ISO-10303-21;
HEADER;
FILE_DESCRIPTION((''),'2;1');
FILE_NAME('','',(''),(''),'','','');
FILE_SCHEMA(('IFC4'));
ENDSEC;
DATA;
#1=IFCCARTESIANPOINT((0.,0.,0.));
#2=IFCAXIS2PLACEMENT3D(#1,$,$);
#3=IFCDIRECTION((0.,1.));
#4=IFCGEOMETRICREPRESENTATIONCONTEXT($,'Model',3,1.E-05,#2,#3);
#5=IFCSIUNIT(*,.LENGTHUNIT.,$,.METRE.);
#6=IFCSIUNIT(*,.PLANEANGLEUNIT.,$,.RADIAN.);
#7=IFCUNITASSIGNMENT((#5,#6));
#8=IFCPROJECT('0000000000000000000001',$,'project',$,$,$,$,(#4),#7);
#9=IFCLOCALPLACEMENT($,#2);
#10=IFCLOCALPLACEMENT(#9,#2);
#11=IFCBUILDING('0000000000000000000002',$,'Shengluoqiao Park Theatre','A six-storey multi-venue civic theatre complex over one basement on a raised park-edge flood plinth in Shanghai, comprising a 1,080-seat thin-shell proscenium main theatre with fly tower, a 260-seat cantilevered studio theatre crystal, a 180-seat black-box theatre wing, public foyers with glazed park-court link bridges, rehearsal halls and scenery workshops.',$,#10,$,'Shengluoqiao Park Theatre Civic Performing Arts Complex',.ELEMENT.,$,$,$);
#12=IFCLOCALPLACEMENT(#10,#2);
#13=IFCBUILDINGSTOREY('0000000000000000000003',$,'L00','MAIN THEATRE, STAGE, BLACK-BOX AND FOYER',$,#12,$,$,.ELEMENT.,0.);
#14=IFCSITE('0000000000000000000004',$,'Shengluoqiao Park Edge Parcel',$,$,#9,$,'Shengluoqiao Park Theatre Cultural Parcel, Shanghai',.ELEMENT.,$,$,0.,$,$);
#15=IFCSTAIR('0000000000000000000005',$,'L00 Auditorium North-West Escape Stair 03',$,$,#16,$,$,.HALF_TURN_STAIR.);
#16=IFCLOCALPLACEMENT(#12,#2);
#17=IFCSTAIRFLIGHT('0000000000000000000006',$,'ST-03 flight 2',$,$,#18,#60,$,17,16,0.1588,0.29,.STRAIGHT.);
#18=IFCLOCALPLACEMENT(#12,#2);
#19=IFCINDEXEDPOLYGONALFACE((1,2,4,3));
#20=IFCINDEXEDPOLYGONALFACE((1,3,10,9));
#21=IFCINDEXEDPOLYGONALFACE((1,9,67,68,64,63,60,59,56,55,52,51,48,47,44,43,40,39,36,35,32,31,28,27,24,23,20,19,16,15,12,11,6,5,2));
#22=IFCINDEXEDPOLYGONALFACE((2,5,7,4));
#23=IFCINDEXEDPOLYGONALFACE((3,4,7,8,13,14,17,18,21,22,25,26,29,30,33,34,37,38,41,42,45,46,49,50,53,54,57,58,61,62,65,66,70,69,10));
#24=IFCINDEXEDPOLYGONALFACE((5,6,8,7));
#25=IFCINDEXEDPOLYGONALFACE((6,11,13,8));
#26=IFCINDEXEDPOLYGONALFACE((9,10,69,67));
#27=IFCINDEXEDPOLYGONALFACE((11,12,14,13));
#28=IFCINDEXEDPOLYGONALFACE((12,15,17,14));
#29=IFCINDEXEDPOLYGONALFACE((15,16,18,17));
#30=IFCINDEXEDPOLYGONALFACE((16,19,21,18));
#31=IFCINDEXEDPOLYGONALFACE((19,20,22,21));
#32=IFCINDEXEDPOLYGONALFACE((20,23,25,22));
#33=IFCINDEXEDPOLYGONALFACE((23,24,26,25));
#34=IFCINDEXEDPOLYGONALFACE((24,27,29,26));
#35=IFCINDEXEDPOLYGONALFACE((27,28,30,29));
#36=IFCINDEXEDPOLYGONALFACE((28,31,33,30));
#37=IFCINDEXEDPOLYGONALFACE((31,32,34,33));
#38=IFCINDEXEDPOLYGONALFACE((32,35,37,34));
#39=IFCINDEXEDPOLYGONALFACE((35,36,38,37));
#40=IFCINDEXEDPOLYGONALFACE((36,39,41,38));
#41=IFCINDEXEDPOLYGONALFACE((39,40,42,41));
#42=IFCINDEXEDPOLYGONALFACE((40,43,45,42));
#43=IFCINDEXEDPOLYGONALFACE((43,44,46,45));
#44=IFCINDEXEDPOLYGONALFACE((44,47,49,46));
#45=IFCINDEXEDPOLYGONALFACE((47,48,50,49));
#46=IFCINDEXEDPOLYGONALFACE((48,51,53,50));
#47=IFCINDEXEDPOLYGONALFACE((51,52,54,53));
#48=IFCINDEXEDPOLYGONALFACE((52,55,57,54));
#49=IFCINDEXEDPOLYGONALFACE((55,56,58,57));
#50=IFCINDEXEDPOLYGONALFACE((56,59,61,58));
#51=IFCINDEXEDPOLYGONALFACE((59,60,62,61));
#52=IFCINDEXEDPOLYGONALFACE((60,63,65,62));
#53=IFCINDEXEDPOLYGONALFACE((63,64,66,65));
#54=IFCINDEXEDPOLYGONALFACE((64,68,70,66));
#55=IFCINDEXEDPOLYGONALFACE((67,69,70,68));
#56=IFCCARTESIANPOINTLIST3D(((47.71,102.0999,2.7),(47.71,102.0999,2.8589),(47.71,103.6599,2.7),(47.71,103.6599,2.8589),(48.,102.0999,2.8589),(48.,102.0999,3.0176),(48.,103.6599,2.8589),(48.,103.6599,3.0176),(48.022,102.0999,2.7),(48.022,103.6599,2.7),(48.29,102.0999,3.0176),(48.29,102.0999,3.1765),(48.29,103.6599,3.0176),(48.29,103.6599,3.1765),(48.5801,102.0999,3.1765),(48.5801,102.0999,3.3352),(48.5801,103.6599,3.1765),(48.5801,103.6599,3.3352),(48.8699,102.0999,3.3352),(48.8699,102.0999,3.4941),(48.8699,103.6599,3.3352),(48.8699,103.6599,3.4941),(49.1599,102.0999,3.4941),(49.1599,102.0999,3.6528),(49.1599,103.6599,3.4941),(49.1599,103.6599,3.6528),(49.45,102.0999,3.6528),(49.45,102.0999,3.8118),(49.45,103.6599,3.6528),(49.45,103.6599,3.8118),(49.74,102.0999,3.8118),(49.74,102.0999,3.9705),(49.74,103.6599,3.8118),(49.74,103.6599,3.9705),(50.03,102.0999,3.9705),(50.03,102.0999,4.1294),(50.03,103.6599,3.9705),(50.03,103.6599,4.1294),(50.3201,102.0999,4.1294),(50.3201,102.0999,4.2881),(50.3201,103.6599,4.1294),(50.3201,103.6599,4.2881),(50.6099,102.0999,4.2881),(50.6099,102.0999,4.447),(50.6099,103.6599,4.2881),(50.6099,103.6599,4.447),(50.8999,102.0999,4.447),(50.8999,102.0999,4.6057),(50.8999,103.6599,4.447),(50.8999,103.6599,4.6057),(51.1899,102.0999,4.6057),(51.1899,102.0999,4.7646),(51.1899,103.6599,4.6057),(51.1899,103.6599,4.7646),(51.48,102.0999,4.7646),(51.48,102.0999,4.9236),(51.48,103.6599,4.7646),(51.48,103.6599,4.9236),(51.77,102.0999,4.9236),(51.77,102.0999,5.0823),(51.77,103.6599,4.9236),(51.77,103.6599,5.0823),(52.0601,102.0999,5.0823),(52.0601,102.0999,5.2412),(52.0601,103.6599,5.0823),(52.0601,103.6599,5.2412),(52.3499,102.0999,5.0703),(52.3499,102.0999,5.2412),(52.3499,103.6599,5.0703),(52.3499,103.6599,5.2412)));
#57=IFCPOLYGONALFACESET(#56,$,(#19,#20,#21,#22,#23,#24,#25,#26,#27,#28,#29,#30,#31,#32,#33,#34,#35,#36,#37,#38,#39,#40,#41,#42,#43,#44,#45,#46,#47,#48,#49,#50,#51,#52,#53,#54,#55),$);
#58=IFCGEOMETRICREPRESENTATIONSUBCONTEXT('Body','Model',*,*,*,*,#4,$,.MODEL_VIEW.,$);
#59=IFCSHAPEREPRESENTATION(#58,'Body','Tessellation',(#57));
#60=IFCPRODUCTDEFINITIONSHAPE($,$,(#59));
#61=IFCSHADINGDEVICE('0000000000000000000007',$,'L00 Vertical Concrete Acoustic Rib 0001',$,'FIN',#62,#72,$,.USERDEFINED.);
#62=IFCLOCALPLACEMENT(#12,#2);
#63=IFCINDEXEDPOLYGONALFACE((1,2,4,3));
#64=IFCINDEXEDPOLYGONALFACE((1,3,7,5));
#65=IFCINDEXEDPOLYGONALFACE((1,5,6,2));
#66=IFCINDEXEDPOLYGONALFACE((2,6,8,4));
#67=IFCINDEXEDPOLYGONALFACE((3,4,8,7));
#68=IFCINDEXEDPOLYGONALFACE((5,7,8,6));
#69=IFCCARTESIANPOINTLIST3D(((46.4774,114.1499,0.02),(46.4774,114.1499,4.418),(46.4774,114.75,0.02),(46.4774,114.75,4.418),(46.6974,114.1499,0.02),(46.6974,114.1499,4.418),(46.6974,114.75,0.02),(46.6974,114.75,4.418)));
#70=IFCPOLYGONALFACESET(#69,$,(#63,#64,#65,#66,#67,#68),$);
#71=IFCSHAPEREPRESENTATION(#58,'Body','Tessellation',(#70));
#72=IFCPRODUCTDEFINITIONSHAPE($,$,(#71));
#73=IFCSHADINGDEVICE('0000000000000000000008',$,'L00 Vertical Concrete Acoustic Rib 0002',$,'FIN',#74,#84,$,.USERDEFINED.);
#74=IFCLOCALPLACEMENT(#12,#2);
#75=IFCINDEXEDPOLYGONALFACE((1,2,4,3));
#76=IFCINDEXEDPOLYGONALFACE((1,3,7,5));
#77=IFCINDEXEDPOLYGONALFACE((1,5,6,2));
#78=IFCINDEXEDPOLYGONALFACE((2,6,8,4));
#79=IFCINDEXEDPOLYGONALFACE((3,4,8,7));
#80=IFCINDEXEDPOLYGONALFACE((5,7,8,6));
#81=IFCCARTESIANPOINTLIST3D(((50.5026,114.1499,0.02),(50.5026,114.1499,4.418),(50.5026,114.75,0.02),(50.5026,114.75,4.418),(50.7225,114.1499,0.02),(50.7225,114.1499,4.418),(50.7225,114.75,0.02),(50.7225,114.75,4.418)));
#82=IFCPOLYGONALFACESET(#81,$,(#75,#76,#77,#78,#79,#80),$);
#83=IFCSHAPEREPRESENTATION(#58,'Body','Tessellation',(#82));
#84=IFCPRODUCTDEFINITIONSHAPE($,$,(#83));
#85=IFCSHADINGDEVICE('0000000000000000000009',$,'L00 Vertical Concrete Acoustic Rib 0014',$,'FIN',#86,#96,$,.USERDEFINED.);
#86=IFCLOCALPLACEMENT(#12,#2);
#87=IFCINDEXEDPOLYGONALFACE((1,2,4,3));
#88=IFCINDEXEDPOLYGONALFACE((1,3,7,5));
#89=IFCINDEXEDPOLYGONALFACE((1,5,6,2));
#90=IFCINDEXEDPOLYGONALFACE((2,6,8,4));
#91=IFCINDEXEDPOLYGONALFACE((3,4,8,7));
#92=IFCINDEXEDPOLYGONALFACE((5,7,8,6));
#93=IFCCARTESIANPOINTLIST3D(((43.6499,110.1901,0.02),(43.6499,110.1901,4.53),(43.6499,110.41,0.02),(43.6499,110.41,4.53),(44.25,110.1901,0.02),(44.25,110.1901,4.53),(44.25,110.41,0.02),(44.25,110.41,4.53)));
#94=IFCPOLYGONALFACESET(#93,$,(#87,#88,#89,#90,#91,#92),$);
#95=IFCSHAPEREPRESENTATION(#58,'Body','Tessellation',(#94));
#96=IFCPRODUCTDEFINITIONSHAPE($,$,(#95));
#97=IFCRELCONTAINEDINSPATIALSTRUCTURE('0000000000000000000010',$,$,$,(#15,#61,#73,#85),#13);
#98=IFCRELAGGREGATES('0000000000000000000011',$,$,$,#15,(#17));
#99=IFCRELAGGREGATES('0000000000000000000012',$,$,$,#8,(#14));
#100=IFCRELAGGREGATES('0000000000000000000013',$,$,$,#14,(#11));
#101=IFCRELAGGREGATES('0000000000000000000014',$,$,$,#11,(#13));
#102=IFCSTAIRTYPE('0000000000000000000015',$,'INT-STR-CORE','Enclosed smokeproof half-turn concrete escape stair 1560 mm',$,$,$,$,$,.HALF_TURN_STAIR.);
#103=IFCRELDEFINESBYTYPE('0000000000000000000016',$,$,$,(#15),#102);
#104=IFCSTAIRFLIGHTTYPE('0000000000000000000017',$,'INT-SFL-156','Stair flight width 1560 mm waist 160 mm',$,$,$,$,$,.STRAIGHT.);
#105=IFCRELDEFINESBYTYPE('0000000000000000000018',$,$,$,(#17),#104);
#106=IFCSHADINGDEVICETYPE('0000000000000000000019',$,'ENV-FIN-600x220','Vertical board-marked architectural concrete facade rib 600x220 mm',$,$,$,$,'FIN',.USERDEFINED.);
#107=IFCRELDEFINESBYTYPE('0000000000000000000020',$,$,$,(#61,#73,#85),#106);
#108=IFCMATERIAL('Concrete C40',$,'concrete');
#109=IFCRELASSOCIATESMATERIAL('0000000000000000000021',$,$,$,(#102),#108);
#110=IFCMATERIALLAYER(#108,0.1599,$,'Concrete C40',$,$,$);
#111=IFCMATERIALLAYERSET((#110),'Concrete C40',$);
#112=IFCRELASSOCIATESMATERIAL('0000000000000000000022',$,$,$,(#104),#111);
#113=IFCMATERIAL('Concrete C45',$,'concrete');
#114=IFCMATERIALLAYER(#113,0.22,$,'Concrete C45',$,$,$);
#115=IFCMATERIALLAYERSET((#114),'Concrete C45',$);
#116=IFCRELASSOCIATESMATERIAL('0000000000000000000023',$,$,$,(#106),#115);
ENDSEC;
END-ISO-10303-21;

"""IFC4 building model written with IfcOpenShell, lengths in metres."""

from ifc_helpers import new_model, si_unit, direction, frame, origin, origin_2d, place, context, subcontext, project, spatial, polyline, rectangle, outline, extrude, material, layer, layer_set, type_object, element, aggregate, save


model = new_model("IFC4")

# Units and contexts
model_context = context("Model", 3, precision=1e-05, world=origin(), true_north=direction((0.0, 1.0)))
body_context = subcontext(model_context, "Body", "Model", "MODEL_VIEW")
ifc_project = project(units=[si_unit("LENGTHUNIT", "METRE"), si_unit("PLANEANGLEUNIT", "RADIAN")], contexts=[model_context])

# Site, building, storey
site_placement = place(None, origin())
site = spatial("IfcSite", under=ifc_project, at=site_placement, Name="Shengluoqiao Park Edge Parcel", LongName="Shengluoqiao Park Theatre Cultural Parcel, Shanghai", CompositionType="ELEMENT", RefElevation=0.0)
building_placement = place(site_placement, origin())
building = spatial("IfcBuilding", under=site, at=building_placement, Name="Shengluoqiao Park Theatre", Description="A six-storey multi-venue civic theatre complex over one basement on a raised park-edge flood plinth in Shanghai, comprising a 1,080-seat thin-shell proscenium main theatre with fly tower, a 260-seat cantilevered studio theatre crystal, a 180-seat black-box theatre wing, public foyers with glazed park-court link bridges, rehearsal halls and scenery workshops.", LongName="Shengluoqiao Park Theatre Civic Performing Arts Complex", CompositionType="ELEMENT")
storey_placement = place(building_placement, origin())
storey = spatial("IfcBuildingStorey", under=building, at=storey_placement, Name="L00", Description="MAIN THEATRE, STAGE, BLACK-BOX AND FOYER", CompositionType="ELEMENT", Elevation=0.0)

# Shared definitions
ifc_material_1 = material(Name="Concrete C45", Category="concrete")
ifc_material_2 = material(Name="Concrete C40", Category="concrete")

# Stair, stair flight
stair_type = type_object("IfcStairType", Name="INT-STR-CORE", Description="Enclosed smokeproof half-turn concrete escape stair 1560 mm", PredefinedType="HALF_TURN_STAIR", material=ifc_material_2)
stair_placement = place(storey_placement, origin())
stair = element("IfcStair", 1, at=stair_placement, inside=storey, type_object=stair_type, Name="L00 Auditorium North-West Escape Stair 03", PredefinedType="HALF_TURN_STAIR")
ifc_layer_1 = layer(ifc_material_2, 0.1599, Name="Concrete C40")
ifc_layer_set_1 = layer_set([ifc_layer_1], Name="Concrete C40")
stair_flight_type = type_object("IfcStairFlightType", Name="INT-SFL-156", Description="Stair flight width 1560 mm waist 160 mm", PredefinedType="STRAIGHT", material=ifc_layer_set_1)
stair_flight_1_placement = place(storey_placement, frame((47.71, 102.8799, 2.7), z_axis=(0.0, 0.0, 1.0), x_axis=(1.0, 0.0, 0.0)))
stair_flight_1 = element("IfcStairFlight", 2, at=stair_flight_1_placement, type_object=stair_flight_type, Name="ST-03 flight 2", NumberOfRisers=17, NumberOfTreads=16, PredefinedType="STRAIGHT", RiserHeight=0.1588, TreadLength=0.29, context=body_context, shape_type="SweptSolid", body=[
    extrude(outline(polyline([(0.0, 0.0), (0.0, 0.1589), (0.29, 0.1589), (0.29, 0.3176), (0.5801, 0.3176), (0.5801, 0.4766), (0.8701, 0.4766), (0.8701, 0.6353), (1.1599, 0.6353), (1.1599, 0.7942), (1.45, 0.7942), (1.45, 0.9529), (1.74, 0.9529), (1.74, 1.1118), (2.03, 1.1118), (2.03, 1.2705), (2.3201, 1.2705), (2.3201, 1.4294), (2.6101, 1.4294), (2.6101, 1.5881), (2.8999, 1.5881), (2.8999, 1.7471), (3.1899, 1.7471), (3.1899, 1.9058), (3.48, 1.9058), (3.48, 2.0647), (3.77, 2.0647), (3.77, 2.2236), (4.0601, 2.2236), (4.0601, 2.3823), (4.3501, 2.3823), (4.3501, 2.5413), (4.6399, 2.5413), (4.6399, 2.7), (4.6399, 2.3704), (0.312, 0.0), (0.0, 0.0)])), frame((0.0, 0.78, 0.0), z_axis=(0.0, -1.0, 0.0), x_axis=(1.0, 0.0, 0.0)), (0.0, 0.0, 1.0), 1.5601),
])
aggregate(stair, [stair_flight_1])

# Shading devices
ifc_layer_2 = layer(ifc_material_1, 0.22, Name="Concrete C45")
ifc_layer_set_2 = layer_set([ifc_layer_2], Name="Concrete C45")
shading_device_type = type_object("IfcShadingDeviceType", Name="ENV-FIN-600x220", Description="Vertical board-marked architectural concrete facade rib 600x220 mm", ElementType="FIN", PredefinedType="USERDEFINED", material=ifc_layer_set_2)
for number, where, z_axis, x_axis, name in (
    (3, (46.5874, 114.45, 0.02), (0.0, 0.0, 1.0), (0.0, 1.0, 0.0), "L00 Vertical Concrete Acoustic Rib 0001"),
    (4, (50.6125, 114.45, 0.02), (0.0, 0.0, 1.0), (0.0, 1.0, 0.0), "L00 Vertical Concrete Acoustic Rib 0002"),
):
    element("IfcShadingDevice", number, at=place(storey_placement, frame(where, z_axis=z_axis, x_axis=x_axis)), inside=storey, type_object=shading_device_type, Name=name, ObjectType="FIN", PredefinedType="USERDEFINED", context=body_context, shape_type="SweptSolid", body=[
        extrude(rectangle(XDim=0.6001, YDim=0.22, at=origin_2d()), origin(), (0.0, 0.0, 1.0), 4.3979),
    ])
shading_device_placement = place(storey_placement, frame((43.95, 110.3, 0.02), z_axis=(0.0, 0.0, 1.0), x_axis=(-1.0, 0.0, 0.0)))
element("IfcShadingDevice", 5, at=shading_device_placement, inside=storey, type_object=shading_device_type, Name="L00 Vertical Concrete Acoustic Rib 0014", ObjectType="FIN", PredefinedType="USERDEFINED", context=body_context, shape_type="SweptSolid", body=[
    extrude(rectangle(XDim=0.6001, YDim=0.22, at=origin_2d()), origin(), (0.0, 0.0, 1.0), 4.51),
])

save(model, "model.ifc")
